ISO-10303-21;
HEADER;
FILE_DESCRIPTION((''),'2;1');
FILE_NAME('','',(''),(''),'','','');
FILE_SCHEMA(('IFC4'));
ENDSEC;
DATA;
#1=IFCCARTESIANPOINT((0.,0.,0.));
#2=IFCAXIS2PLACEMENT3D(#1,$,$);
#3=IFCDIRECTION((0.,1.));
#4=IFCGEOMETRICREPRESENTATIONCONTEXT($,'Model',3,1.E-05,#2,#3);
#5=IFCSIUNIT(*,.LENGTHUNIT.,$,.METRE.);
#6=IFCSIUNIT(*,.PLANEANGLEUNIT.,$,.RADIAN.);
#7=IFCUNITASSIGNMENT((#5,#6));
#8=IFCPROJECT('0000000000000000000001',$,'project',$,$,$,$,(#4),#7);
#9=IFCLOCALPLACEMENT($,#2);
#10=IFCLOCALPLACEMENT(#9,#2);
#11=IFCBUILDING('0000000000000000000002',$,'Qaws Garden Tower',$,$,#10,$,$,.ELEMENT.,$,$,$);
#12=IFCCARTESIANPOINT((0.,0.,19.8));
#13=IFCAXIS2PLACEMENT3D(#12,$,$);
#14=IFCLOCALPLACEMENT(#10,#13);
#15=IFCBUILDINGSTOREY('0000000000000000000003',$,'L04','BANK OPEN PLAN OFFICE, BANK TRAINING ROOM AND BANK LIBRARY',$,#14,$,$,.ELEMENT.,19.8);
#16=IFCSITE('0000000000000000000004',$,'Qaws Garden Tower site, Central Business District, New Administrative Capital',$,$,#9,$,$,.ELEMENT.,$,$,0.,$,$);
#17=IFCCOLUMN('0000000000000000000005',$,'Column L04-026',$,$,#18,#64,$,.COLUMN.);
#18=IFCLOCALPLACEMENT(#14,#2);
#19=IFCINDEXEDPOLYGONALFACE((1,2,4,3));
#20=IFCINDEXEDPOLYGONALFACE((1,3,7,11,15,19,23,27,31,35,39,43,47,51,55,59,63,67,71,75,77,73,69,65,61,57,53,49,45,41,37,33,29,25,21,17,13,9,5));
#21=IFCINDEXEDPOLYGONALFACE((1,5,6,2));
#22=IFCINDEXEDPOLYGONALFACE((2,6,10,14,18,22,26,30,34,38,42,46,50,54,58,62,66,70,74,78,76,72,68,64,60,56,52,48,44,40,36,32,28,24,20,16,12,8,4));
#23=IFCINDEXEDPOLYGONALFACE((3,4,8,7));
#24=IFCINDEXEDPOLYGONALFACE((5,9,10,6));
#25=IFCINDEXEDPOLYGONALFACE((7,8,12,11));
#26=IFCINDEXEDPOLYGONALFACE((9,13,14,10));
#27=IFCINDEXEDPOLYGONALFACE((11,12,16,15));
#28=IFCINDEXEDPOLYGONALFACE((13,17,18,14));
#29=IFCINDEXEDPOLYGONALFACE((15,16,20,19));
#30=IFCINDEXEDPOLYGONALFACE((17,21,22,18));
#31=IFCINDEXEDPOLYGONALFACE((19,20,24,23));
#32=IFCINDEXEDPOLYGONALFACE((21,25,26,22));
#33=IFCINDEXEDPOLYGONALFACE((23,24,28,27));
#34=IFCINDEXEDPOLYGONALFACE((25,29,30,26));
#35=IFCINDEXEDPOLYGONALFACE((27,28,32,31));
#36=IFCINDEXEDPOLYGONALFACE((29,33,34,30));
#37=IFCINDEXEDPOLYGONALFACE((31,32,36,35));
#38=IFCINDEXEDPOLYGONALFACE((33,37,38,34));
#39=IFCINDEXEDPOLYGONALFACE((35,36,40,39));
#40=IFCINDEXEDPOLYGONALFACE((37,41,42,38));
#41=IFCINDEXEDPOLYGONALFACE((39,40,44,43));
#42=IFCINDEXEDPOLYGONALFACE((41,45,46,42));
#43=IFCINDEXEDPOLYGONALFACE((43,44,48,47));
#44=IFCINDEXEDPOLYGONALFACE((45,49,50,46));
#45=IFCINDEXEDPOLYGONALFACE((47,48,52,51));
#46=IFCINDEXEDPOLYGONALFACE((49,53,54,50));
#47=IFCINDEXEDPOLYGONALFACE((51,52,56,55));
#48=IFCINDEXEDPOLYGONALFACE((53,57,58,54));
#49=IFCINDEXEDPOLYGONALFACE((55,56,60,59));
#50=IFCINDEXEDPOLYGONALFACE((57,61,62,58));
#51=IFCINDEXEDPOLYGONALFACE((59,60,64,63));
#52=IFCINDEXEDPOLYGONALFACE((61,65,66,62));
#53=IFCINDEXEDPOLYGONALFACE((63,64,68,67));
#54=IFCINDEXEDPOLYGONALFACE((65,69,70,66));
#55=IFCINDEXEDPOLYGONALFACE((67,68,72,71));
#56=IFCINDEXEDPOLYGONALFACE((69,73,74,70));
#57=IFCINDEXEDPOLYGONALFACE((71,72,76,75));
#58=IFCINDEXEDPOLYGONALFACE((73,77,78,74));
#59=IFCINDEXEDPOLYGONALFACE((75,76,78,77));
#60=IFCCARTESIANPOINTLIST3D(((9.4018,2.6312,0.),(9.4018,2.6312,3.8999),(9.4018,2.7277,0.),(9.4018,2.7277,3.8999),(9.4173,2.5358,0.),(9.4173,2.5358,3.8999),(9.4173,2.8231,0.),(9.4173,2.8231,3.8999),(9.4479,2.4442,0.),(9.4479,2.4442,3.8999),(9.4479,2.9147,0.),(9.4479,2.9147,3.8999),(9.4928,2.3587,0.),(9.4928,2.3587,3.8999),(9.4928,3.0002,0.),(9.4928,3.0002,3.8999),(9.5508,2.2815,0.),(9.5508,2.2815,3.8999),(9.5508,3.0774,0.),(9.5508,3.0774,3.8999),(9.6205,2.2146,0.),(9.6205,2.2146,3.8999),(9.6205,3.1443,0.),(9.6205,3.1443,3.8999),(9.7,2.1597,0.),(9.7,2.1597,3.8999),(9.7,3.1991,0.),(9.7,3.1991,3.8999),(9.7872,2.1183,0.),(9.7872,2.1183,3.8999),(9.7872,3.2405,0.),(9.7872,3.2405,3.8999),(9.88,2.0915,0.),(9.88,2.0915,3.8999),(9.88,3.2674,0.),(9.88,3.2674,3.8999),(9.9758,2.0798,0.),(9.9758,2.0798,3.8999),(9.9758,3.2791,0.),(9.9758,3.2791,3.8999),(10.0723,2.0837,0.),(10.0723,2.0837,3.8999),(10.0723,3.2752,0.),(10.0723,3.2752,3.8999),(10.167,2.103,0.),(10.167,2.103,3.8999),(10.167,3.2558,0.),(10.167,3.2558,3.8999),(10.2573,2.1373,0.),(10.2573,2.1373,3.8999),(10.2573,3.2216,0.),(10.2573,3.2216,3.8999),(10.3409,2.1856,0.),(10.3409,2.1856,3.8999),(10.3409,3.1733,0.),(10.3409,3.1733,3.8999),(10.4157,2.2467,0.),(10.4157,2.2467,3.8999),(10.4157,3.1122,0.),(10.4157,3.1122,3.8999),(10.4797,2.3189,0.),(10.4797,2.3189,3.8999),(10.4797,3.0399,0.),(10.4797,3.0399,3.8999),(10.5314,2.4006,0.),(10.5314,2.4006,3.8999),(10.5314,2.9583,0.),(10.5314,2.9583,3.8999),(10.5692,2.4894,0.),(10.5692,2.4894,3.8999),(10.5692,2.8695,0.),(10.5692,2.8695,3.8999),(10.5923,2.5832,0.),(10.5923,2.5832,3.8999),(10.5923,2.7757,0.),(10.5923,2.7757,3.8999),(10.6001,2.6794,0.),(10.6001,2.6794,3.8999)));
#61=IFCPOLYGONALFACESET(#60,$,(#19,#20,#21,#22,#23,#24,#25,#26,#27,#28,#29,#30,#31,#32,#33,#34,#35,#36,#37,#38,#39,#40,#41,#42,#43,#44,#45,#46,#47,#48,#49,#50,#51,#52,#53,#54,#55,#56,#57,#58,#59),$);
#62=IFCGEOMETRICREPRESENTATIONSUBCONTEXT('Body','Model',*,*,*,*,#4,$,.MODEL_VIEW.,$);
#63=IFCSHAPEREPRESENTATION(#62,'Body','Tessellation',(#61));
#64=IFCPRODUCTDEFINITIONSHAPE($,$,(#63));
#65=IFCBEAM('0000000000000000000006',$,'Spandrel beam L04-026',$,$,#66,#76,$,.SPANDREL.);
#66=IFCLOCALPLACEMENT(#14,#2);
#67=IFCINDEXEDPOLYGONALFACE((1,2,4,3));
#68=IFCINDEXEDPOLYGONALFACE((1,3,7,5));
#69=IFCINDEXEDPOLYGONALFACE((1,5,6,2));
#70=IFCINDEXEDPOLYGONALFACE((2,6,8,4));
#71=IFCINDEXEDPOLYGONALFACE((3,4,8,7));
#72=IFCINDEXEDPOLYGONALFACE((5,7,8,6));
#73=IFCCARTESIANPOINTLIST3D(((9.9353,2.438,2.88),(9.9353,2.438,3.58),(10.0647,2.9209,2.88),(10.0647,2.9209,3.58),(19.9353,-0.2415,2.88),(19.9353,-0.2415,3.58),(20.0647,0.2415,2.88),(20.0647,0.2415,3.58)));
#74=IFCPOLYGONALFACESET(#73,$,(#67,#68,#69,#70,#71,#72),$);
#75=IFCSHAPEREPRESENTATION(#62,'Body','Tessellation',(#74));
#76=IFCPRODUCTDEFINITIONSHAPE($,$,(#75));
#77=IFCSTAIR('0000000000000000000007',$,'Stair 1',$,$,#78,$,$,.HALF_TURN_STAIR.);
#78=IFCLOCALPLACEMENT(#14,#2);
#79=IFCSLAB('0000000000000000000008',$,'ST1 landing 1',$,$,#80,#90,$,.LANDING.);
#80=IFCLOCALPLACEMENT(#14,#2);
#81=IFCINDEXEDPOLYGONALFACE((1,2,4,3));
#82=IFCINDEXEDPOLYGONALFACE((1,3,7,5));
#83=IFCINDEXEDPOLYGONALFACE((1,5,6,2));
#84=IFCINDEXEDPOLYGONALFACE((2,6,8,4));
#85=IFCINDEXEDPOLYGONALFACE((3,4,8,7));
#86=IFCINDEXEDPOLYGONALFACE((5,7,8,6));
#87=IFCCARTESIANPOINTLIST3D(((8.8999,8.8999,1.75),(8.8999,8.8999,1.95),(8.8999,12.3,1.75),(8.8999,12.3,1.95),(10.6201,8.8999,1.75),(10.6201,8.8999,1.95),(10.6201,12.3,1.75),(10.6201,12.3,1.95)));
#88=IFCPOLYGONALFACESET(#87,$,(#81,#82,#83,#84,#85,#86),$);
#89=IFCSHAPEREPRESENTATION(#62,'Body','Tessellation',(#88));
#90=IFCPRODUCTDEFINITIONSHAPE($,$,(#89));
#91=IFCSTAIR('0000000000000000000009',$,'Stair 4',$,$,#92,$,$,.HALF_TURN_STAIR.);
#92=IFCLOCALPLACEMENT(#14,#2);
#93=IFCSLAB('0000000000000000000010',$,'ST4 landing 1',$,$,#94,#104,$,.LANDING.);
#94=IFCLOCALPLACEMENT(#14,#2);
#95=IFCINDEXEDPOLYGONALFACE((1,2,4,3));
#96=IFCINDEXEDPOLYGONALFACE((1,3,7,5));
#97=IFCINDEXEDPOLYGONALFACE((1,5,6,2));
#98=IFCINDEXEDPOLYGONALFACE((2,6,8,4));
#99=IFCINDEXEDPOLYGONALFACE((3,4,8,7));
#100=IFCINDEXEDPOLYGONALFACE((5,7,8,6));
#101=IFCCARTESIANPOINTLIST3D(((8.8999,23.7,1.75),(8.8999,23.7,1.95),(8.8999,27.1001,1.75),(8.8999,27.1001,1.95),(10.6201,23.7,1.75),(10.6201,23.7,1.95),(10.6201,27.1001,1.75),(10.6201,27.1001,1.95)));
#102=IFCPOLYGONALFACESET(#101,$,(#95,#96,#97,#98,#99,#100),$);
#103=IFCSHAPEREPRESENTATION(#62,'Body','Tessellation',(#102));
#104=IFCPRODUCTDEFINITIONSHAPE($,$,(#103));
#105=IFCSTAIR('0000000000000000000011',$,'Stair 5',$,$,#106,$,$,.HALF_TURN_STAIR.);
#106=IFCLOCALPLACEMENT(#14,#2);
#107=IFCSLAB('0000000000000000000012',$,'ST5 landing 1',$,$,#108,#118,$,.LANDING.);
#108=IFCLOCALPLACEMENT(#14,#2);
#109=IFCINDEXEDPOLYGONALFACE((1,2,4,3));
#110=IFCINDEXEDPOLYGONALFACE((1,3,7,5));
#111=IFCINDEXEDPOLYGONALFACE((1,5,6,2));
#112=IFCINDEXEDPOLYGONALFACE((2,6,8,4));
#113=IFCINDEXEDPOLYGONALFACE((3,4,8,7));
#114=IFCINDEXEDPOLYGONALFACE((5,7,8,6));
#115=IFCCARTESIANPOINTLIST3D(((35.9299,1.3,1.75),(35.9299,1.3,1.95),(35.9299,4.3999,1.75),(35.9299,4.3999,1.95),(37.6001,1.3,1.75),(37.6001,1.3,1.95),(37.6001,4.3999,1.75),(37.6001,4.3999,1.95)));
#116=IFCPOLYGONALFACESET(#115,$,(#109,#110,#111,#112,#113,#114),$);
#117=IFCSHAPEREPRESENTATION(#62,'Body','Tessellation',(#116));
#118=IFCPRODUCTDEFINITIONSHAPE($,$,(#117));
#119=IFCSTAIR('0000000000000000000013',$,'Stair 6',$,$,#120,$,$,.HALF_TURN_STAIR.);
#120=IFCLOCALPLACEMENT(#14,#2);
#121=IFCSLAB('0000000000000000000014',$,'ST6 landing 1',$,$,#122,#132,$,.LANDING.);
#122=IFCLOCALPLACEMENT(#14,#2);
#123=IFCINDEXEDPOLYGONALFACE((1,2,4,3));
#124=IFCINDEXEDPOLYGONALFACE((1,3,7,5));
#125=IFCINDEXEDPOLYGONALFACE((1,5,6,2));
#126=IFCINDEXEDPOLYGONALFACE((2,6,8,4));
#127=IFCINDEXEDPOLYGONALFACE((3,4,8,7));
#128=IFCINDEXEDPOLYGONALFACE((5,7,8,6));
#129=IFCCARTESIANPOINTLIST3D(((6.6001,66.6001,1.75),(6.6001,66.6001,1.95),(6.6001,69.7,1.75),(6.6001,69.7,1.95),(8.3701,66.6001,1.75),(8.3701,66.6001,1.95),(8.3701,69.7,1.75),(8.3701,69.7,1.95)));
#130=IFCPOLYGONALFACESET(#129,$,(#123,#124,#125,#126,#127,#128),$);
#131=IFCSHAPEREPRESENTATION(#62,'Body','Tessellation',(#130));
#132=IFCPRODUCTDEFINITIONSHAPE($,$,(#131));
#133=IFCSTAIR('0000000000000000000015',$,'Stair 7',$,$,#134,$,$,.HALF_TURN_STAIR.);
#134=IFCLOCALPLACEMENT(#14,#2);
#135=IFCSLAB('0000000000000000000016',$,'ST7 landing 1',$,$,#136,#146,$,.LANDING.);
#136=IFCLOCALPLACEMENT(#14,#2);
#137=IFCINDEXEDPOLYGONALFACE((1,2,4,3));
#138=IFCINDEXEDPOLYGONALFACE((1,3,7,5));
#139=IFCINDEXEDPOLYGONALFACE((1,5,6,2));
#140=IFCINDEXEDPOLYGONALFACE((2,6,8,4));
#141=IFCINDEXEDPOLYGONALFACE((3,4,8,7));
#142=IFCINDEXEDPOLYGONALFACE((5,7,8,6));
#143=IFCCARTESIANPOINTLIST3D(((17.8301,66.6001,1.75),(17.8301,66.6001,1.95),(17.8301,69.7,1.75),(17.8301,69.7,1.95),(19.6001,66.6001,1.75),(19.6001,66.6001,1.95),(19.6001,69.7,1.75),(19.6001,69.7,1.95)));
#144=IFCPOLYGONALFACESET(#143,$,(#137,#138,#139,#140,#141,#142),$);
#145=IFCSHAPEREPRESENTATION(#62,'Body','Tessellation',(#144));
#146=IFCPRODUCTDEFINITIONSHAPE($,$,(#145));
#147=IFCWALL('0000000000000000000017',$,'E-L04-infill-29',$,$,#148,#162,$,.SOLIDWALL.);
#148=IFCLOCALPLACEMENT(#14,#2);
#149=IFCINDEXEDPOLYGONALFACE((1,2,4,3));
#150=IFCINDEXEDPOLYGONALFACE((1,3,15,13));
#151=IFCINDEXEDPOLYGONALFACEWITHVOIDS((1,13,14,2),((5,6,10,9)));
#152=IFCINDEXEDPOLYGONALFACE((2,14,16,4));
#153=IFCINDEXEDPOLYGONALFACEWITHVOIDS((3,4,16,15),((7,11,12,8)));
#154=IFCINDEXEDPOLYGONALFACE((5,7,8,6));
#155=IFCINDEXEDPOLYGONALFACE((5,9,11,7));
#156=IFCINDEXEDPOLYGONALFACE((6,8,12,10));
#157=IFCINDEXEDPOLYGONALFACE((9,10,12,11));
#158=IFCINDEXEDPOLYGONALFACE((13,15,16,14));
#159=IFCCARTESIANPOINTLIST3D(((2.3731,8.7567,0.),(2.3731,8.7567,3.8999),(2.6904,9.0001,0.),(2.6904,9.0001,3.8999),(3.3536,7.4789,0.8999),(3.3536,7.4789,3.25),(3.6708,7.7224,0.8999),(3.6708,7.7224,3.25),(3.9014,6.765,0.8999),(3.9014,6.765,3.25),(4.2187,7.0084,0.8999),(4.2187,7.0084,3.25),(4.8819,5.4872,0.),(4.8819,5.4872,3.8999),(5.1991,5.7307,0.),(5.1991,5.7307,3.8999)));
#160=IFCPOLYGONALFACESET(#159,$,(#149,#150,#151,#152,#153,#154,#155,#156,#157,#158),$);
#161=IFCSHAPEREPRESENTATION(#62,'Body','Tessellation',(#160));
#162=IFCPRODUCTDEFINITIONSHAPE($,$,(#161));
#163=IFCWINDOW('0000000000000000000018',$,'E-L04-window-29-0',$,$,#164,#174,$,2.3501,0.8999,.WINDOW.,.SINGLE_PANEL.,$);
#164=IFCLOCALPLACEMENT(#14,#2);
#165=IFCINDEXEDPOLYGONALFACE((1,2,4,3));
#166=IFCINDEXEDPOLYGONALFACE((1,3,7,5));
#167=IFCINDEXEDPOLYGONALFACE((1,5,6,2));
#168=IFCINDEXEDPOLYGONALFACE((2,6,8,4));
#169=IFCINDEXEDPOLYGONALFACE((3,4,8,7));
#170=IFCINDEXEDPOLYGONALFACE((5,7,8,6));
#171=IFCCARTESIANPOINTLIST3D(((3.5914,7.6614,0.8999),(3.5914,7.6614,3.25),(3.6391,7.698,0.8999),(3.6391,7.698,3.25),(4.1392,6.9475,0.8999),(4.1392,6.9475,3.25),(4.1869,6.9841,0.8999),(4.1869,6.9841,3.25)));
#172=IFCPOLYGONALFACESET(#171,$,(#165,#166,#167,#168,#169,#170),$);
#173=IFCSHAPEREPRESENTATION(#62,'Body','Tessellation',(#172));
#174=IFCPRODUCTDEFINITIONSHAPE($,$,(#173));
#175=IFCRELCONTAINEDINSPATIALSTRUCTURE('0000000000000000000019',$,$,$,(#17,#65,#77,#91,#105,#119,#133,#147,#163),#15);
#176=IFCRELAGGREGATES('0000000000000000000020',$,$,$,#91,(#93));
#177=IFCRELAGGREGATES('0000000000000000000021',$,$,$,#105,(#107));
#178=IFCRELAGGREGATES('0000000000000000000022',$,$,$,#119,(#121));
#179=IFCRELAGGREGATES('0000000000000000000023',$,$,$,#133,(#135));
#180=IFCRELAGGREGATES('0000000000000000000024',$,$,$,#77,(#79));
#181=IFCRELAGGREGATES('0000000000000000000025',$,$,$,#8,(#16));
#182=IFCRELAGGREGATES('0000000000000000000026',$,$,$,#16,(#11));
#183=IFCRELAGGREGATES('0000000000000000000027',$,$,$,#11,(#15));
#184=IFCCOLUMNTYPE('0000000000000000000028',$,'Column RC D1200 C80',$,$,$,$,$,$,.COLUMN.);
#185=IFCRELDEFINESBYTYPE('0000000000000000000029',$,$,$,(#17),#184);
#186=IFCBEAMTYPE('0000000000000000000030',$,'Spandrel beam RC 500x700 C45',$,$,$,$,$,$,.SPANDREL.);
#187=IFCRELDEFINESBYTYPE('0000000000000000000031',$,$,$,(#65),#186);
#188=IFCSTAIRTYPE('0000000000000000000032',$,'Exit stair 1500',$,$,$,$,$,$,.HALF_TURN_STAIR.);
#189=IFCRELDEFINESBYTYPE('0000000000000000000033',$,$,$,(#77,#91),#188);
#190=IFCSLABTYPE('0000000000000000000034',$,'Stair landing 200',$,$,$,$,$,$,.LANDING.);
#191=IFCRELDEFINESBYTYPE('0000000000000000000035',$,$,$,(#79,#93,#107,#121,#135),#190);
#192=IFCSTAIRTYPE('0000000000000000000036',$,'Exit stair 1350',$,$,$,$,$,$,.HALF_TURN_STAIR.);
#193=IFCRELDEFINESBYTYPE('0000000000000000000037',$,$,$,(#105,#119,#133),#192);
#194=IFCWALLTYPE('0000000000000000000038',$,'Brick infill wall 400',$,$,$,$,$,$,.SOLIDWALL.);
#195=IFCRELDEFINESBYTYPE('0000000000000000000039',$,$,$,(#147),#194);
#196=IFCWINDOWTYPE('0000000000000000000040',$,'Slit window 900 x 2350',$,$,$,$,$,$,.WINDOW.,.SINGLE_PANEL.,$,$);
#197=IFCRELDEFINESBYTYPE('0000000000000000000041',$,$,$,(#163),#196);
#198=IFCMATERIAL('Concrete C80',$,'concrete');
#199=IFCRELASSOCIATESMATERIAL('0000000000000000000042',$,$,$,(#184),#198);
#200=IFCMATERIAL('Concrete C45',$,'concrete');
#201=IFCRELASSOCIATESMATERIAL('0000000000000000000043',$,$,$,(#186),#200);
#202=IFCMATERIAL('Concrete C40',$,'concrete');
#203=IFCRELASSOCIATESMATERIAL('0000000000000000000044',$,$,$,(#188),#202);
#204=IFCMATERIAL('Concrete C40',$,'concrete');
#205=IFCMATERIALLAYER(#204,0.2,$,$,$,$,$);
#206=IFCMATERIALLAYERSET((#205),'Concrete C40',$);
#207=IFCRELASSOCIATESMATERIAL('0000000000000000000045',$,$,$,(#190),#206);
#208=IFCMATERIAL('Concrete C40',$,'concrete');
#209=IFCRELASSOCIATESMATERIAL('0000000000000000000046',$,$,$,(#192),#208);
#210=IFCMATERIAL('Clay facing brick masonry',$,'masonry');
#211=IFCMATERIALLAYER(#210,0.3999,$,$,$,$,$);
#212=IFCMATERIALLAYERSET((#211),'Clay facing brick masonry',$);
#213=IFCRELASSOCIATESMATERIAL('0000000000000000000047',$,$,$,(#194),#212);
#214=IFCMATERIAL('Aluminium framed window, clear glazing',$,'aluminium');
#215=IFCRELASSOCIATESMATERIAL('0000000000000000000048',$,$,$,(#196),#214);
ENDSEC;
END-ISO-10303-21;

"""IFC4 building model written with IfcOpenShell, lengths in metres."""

from ifc_helpers import new_model, si_unit, direction, frame, frame_2d, origin, origin_2d, place, context, subcontext, project, spatial, polyline, rectangle, circle, outline, extrude, material, layer, layer_set, material_profile, profile_set, type_object, element, fill, aggregate, save


model = new_model("IFC4")

# Units and contexts
model_context = context("Model", 3, precision=1e-05, world=origin(), true_north=direction((0.0, 1.0)))
body_context = subcontext(model_context, "Body", "Model", "MODEL_VIEW")
ifc_project = project(units=[si_unit("LENGTHUNIT", "METRE"), si_unit("PLANEANGLEUNIT", "RADIAN")], contexts=[model_context])

# Site, building, storey
site_placement = place(None, origin())
site = spatial("IfcSite", under=ifc_project, at=site_placement, Name="Qaws Garden Tower site, Central Business District, New Administrative Capital", CompositionType="ELEMENT", RefElevation=0.0)
building_placement = place(site_placement, origin())
building = spatial("IfcBuilding", under=site, at=building_placement, Name="Qaws Garden Tower", CompositionType="ELEMENT")
storey_placement = place(building_placement, frame((0.0, 0.0, 19.8)))
storey = spatial("IfcBuildingStorey", under=building, at=storey_placement, Name="L04", Description="BANK OPEN PLAN OFFICE, BANK TRAINING ROOM AND BANK LIBRARY", CompositionType="ELEMENT", Elevation=19.8)

# Column
ifc_material_1 = material(Name="Concrete C80", Category="concrete")
ifc_material_profile_1 = material_profile(ifc_material_1, circle(Radius=0.6001, at=origin_2d()), Name="RC D1200")
ifc_profile_set_1 = profile_set([ifc_material_profile_1], Name="Concrete C80")
column_type = type_object("IfcColumnType", Name="Column RC D1200 C80", PredefinedType="COLUMN", material=ifc_profile_set_1)
column_placement = place(storey_placement, frame((10.0, 2.6794, 0.0), z_axis=(0.0, 0.0, 1.0), x_axis=(1.0, 0.0, 0.0)))
element("IfcColumn", 1, at=column_placement, inside=storey, type_object=column_type, Name="Column L04-026", PredefinedType="COLUMN", context=body_context, shape_type="SweptSolid", body=[
    extrude(circle(Radius=0.6001, at=origin_2d()), origin(), (0.0, 0.0, 1.0), 3.8999),
])

# Beam
ifc_material_2 = material(Name="Concrete C45", Category="concrete")
ifc_material_profile_2 = material_profile(ifc_material_2, rectangle(XDim=0.5, YDim=0.7, at=origin_2d()), Name="RC 500x700")
ifc_profile_set_2 = profile_set([ifc_material_profile_2], Name="Concrete C45")
beam_type = type_object("IfcBeamType", Name="Spandrel beam RC 500x700 C45", PredefinedType="SPANDREL", material=ifc_profile_set_2)
beam_placement = place(storey_placement, frame((10.0, 2.6794, 3.23), z_axis=(0.965927, -0.258815, 0.0), x_axis=(0.258815, 0.965927, 0.0)))
element("IfcBeam", 2, at=beam_placement, inside=storey, type_object=beam_type, Name="Spandrel beam L04-026", PredefinedType="SPANDREL", context=body_context, shape_type="SweptSolid", body=[
    extrude(rectangle(XDim=0.5, YDim=0.7, at=origin_2d()), origin(), (0.0, 0.0, 1.0), 10.3528),
])

# Stairs, slabs
ifc_material_3 = material(Name="Concrete C40", Category="concrete")
stair_type_1 = type_object("IfcStairType", Name="Exit stair 1500", PredefinedType="HALF_TURN_STAIR", material=ifc_material_3)
placement_1 = place(storey_placement, origin())
stair_1 = element("IfcStair", 3, at=placement_1, inside=storey, type_object=stair_type_1, Name="Stair 1", PredefinedType="HALF_TURN_STAIR")
ifc_material_4 = material(Name="Concrete C40", Category="concrete")
ifc_layer_1 = layer(ifc_material_4, 0.2)
ifc_layer_set_1 = layer_set([ifc_layer_1], Name="Concrete C40")
slab_type = type_object("IfcSlabType", Name="Stair landing 200", PredefinedType="LANDING", material=ifc_layer_set_1)
placement_2 = place(storey_placement, frame((0.0, 0.0, 1.75)))
slab_1 = element("IfcSlab", 4, at=placement_2, type_object=slab_type, Name="ST1 landing 1", PredefinedType="LANDING", context=body_context, shape_type="SweptSolid", body=[
    extrude(outline(polyline([(8.8999, 8.8999), (10.6201, 8.8999), (10.6201, 12.3), (8.8999, 12.3), (8.8999, 8.8999)])), origin(), (0.0, 0.0, 1.0), 0.2),
])
stair_2 = element("IfcStair", 5, at=placement_1, inside=storey, type_object=stair_type_1, Name="Stair 4", PredefinedType="HALF_TURN_STAIR")
slab_2 = element("IfcSlab", 6, at=placement_2, type_object=slab_type, Name="ST4 landing 1", PredefinedType="LANDING", context=body_context, shape_type="SweptSolid", body=[
    extrude(outline(polyline([(8.8999, 23.7), (10.6201, 23.7), (10.6201, 27.1001), (8.8999, 27.1001), (8.8999, 23.7)])), origin(), (0.0, 0.0, 1.0), 0.2),
])
aggregate(stair_2, [slab_2])
ifc_material_5 = material(Name="Concrete C40", Category="concrete")
stair_type_2 = type_object("IfcStairType", Name="Exit stair 1350", PredefinedType="HALF_TURN_STAIR", material=ifc_material_5)
stair_3 = element("IfcStair", 7, at=placement_1, inside=storey, type_object=stair_type_2, Name="Stair 5", PredefinedType="HALF_TURN_STAIR")
slab_3 = element("IfcSlab", 8, at=placement_2, type_object=slab_type, Name="ST5 landing 1", PredefinedType="LANDING", context=body_context, shape_type="SweptSolid", body=[
    extrude(outline(polyline([(35.9299, 1.3), (37.6001, 1.3), (37.6001, 4.3999), (35.9299, 4.3999), (35.9299, 1.3)])), origin(), (0.0, 0.0, 1.0), 0.2),
])
aggregate(stair_3, [slab_3])
stair_4 = element("IfcStair", 9, at=placement_1, inside=storey, type_object=stair_type_2, Name="Stair 6", PredefinedType="HALF_TURN_STAIR")
slab_4 = element("IfcSlab", 10, at=placement_2, type_object=slab_type, Name="ST6 landing 1", PredefinedType="LANDING", context=body_context, shape_type="SweptSolid", body=[
    extrude(outline(polyline([(6.6001, 66.6001), (8.3701, 66.6001), (8.3701, 69.7), (6.6001, 69.7), (6.6001, 66.6001)])), origin(), (0.0, 0.0, 1.0), 0.2),
])
aggregate(stair_4, [slab_4])
stair_5 = element("IfcStair", 11, at=placement_1, inside=storey, type_object=stair_type_2, Name="Stair 7", PredefinedType="HALF_TURN_STAIR")
slab_5 = element("IfcSlab", 12, at=placement_2, type_object=slab_type, Name="ST7 landing 1", PredefinedType="LANDING", context=body_context, shape_type="SweptSolid", body=[
    extrude(outline(polyline([(17.8301, 66.6001), (19.6001, 66.6001), (19.6001, 69.7), (17.8301, 69.7), (17.8301, 66.6001)])), origin(), (0.0, 0.0, 1.0), 0.2),
])
aggregate(stair_5, [slab_5])

# Wall, opening, window
ifc_material_6 = material(Name="Clay facing brick masonry", Category="masonry")
ifc_layer_2 = layer(ifc_material_6, 0.3999)
ifc_layer_set_2 = layer_set([ifc_layer_2], Name="Clay facing brick masonry")
wall_type_1 = type_object("IfcWallType", Name="Brick infill wall 400", PredefinedType="SOLIDWALL", material=ifc_layer_set_2)
wall_1_placement = place(storey_placement, frame((2.5317, 8.8784, 0.0), z_axis=(0.0, 0.0, 1.0), x_axis=(0.60876, -0.793355, 0.0)))
wall_1 = element("IfcWall", 13, at=wall_1_placement, inside=storey, type_object=wall_type_1, Name="E-L04-infill-29", PredefinedType="SOLIDWALL", context=body_context, shape_type="SweptSolid", body=[
    extrude(rectangle(XDim=4.1211, YDim=0.3999, at=frame_2d((2.0605, 0.0))), origin(), (0.0, 0.0, 1.0), 3.8999),
])
opening_1_placement = place(wall_1_placement, frame((1.6106, 0.0, 0.8999)))
opening_1 = element("IfcOpeningElement", 14, at=opening_1_placement, cuts=wall_1, PredefinedType="OPENING", context=body_context, shape_type="SweptSolid", body=[
    extrude(rectangle(XDim=0.8999, YDim=2.3501, at=frame_2d((0.45, 1.175))), frame((0.0, 0.21, 0.0), z_axis=(0.0, -1.0, 0.0), x_axis=(1.0, 0.0, 0.0)), (0.0, 0.0, 1.0), 0.4199),
])
ifc_material_7 = material(Name="Aluminium framed window, clear glazing", Category="aluminium")
window_type = type_object("IfcWindowType", Name="Slit window 900 x 2350", PartitioningType="SINGLE_PANEL", PredefinedType="WINDOW", material=ifc_material_7)
window_1_placement = place(opening_1_placement, origin())
window_1 = element("IfcWindow", 15, at=window_1_placement, inside=storey, type_object=window_type, Name="E-L04-window-29-0", OverallHeight=2.3501, OverallWidth=0.8999, PartitioningType="SINGLE_PANEL", PredefinedType="WINDOW", context=body_context, shape_type="SweptSolid", body=[
    extrude(rectangle(XDim=0.8999, YDim=2.3501, at=frame_2d((0.45, 1.175))), frame((0.0, 0.1599, 0.0), z_axis=(0.0, -1.0, 0.0), x_axis=(1.0, 0.0, 0.0)), (0.0, 0.0, 1.0), 0.0601),
])
fill(opening_1, window_1)

aggregate(stair_1, [slab_1])

save(model, "model.ifc")
